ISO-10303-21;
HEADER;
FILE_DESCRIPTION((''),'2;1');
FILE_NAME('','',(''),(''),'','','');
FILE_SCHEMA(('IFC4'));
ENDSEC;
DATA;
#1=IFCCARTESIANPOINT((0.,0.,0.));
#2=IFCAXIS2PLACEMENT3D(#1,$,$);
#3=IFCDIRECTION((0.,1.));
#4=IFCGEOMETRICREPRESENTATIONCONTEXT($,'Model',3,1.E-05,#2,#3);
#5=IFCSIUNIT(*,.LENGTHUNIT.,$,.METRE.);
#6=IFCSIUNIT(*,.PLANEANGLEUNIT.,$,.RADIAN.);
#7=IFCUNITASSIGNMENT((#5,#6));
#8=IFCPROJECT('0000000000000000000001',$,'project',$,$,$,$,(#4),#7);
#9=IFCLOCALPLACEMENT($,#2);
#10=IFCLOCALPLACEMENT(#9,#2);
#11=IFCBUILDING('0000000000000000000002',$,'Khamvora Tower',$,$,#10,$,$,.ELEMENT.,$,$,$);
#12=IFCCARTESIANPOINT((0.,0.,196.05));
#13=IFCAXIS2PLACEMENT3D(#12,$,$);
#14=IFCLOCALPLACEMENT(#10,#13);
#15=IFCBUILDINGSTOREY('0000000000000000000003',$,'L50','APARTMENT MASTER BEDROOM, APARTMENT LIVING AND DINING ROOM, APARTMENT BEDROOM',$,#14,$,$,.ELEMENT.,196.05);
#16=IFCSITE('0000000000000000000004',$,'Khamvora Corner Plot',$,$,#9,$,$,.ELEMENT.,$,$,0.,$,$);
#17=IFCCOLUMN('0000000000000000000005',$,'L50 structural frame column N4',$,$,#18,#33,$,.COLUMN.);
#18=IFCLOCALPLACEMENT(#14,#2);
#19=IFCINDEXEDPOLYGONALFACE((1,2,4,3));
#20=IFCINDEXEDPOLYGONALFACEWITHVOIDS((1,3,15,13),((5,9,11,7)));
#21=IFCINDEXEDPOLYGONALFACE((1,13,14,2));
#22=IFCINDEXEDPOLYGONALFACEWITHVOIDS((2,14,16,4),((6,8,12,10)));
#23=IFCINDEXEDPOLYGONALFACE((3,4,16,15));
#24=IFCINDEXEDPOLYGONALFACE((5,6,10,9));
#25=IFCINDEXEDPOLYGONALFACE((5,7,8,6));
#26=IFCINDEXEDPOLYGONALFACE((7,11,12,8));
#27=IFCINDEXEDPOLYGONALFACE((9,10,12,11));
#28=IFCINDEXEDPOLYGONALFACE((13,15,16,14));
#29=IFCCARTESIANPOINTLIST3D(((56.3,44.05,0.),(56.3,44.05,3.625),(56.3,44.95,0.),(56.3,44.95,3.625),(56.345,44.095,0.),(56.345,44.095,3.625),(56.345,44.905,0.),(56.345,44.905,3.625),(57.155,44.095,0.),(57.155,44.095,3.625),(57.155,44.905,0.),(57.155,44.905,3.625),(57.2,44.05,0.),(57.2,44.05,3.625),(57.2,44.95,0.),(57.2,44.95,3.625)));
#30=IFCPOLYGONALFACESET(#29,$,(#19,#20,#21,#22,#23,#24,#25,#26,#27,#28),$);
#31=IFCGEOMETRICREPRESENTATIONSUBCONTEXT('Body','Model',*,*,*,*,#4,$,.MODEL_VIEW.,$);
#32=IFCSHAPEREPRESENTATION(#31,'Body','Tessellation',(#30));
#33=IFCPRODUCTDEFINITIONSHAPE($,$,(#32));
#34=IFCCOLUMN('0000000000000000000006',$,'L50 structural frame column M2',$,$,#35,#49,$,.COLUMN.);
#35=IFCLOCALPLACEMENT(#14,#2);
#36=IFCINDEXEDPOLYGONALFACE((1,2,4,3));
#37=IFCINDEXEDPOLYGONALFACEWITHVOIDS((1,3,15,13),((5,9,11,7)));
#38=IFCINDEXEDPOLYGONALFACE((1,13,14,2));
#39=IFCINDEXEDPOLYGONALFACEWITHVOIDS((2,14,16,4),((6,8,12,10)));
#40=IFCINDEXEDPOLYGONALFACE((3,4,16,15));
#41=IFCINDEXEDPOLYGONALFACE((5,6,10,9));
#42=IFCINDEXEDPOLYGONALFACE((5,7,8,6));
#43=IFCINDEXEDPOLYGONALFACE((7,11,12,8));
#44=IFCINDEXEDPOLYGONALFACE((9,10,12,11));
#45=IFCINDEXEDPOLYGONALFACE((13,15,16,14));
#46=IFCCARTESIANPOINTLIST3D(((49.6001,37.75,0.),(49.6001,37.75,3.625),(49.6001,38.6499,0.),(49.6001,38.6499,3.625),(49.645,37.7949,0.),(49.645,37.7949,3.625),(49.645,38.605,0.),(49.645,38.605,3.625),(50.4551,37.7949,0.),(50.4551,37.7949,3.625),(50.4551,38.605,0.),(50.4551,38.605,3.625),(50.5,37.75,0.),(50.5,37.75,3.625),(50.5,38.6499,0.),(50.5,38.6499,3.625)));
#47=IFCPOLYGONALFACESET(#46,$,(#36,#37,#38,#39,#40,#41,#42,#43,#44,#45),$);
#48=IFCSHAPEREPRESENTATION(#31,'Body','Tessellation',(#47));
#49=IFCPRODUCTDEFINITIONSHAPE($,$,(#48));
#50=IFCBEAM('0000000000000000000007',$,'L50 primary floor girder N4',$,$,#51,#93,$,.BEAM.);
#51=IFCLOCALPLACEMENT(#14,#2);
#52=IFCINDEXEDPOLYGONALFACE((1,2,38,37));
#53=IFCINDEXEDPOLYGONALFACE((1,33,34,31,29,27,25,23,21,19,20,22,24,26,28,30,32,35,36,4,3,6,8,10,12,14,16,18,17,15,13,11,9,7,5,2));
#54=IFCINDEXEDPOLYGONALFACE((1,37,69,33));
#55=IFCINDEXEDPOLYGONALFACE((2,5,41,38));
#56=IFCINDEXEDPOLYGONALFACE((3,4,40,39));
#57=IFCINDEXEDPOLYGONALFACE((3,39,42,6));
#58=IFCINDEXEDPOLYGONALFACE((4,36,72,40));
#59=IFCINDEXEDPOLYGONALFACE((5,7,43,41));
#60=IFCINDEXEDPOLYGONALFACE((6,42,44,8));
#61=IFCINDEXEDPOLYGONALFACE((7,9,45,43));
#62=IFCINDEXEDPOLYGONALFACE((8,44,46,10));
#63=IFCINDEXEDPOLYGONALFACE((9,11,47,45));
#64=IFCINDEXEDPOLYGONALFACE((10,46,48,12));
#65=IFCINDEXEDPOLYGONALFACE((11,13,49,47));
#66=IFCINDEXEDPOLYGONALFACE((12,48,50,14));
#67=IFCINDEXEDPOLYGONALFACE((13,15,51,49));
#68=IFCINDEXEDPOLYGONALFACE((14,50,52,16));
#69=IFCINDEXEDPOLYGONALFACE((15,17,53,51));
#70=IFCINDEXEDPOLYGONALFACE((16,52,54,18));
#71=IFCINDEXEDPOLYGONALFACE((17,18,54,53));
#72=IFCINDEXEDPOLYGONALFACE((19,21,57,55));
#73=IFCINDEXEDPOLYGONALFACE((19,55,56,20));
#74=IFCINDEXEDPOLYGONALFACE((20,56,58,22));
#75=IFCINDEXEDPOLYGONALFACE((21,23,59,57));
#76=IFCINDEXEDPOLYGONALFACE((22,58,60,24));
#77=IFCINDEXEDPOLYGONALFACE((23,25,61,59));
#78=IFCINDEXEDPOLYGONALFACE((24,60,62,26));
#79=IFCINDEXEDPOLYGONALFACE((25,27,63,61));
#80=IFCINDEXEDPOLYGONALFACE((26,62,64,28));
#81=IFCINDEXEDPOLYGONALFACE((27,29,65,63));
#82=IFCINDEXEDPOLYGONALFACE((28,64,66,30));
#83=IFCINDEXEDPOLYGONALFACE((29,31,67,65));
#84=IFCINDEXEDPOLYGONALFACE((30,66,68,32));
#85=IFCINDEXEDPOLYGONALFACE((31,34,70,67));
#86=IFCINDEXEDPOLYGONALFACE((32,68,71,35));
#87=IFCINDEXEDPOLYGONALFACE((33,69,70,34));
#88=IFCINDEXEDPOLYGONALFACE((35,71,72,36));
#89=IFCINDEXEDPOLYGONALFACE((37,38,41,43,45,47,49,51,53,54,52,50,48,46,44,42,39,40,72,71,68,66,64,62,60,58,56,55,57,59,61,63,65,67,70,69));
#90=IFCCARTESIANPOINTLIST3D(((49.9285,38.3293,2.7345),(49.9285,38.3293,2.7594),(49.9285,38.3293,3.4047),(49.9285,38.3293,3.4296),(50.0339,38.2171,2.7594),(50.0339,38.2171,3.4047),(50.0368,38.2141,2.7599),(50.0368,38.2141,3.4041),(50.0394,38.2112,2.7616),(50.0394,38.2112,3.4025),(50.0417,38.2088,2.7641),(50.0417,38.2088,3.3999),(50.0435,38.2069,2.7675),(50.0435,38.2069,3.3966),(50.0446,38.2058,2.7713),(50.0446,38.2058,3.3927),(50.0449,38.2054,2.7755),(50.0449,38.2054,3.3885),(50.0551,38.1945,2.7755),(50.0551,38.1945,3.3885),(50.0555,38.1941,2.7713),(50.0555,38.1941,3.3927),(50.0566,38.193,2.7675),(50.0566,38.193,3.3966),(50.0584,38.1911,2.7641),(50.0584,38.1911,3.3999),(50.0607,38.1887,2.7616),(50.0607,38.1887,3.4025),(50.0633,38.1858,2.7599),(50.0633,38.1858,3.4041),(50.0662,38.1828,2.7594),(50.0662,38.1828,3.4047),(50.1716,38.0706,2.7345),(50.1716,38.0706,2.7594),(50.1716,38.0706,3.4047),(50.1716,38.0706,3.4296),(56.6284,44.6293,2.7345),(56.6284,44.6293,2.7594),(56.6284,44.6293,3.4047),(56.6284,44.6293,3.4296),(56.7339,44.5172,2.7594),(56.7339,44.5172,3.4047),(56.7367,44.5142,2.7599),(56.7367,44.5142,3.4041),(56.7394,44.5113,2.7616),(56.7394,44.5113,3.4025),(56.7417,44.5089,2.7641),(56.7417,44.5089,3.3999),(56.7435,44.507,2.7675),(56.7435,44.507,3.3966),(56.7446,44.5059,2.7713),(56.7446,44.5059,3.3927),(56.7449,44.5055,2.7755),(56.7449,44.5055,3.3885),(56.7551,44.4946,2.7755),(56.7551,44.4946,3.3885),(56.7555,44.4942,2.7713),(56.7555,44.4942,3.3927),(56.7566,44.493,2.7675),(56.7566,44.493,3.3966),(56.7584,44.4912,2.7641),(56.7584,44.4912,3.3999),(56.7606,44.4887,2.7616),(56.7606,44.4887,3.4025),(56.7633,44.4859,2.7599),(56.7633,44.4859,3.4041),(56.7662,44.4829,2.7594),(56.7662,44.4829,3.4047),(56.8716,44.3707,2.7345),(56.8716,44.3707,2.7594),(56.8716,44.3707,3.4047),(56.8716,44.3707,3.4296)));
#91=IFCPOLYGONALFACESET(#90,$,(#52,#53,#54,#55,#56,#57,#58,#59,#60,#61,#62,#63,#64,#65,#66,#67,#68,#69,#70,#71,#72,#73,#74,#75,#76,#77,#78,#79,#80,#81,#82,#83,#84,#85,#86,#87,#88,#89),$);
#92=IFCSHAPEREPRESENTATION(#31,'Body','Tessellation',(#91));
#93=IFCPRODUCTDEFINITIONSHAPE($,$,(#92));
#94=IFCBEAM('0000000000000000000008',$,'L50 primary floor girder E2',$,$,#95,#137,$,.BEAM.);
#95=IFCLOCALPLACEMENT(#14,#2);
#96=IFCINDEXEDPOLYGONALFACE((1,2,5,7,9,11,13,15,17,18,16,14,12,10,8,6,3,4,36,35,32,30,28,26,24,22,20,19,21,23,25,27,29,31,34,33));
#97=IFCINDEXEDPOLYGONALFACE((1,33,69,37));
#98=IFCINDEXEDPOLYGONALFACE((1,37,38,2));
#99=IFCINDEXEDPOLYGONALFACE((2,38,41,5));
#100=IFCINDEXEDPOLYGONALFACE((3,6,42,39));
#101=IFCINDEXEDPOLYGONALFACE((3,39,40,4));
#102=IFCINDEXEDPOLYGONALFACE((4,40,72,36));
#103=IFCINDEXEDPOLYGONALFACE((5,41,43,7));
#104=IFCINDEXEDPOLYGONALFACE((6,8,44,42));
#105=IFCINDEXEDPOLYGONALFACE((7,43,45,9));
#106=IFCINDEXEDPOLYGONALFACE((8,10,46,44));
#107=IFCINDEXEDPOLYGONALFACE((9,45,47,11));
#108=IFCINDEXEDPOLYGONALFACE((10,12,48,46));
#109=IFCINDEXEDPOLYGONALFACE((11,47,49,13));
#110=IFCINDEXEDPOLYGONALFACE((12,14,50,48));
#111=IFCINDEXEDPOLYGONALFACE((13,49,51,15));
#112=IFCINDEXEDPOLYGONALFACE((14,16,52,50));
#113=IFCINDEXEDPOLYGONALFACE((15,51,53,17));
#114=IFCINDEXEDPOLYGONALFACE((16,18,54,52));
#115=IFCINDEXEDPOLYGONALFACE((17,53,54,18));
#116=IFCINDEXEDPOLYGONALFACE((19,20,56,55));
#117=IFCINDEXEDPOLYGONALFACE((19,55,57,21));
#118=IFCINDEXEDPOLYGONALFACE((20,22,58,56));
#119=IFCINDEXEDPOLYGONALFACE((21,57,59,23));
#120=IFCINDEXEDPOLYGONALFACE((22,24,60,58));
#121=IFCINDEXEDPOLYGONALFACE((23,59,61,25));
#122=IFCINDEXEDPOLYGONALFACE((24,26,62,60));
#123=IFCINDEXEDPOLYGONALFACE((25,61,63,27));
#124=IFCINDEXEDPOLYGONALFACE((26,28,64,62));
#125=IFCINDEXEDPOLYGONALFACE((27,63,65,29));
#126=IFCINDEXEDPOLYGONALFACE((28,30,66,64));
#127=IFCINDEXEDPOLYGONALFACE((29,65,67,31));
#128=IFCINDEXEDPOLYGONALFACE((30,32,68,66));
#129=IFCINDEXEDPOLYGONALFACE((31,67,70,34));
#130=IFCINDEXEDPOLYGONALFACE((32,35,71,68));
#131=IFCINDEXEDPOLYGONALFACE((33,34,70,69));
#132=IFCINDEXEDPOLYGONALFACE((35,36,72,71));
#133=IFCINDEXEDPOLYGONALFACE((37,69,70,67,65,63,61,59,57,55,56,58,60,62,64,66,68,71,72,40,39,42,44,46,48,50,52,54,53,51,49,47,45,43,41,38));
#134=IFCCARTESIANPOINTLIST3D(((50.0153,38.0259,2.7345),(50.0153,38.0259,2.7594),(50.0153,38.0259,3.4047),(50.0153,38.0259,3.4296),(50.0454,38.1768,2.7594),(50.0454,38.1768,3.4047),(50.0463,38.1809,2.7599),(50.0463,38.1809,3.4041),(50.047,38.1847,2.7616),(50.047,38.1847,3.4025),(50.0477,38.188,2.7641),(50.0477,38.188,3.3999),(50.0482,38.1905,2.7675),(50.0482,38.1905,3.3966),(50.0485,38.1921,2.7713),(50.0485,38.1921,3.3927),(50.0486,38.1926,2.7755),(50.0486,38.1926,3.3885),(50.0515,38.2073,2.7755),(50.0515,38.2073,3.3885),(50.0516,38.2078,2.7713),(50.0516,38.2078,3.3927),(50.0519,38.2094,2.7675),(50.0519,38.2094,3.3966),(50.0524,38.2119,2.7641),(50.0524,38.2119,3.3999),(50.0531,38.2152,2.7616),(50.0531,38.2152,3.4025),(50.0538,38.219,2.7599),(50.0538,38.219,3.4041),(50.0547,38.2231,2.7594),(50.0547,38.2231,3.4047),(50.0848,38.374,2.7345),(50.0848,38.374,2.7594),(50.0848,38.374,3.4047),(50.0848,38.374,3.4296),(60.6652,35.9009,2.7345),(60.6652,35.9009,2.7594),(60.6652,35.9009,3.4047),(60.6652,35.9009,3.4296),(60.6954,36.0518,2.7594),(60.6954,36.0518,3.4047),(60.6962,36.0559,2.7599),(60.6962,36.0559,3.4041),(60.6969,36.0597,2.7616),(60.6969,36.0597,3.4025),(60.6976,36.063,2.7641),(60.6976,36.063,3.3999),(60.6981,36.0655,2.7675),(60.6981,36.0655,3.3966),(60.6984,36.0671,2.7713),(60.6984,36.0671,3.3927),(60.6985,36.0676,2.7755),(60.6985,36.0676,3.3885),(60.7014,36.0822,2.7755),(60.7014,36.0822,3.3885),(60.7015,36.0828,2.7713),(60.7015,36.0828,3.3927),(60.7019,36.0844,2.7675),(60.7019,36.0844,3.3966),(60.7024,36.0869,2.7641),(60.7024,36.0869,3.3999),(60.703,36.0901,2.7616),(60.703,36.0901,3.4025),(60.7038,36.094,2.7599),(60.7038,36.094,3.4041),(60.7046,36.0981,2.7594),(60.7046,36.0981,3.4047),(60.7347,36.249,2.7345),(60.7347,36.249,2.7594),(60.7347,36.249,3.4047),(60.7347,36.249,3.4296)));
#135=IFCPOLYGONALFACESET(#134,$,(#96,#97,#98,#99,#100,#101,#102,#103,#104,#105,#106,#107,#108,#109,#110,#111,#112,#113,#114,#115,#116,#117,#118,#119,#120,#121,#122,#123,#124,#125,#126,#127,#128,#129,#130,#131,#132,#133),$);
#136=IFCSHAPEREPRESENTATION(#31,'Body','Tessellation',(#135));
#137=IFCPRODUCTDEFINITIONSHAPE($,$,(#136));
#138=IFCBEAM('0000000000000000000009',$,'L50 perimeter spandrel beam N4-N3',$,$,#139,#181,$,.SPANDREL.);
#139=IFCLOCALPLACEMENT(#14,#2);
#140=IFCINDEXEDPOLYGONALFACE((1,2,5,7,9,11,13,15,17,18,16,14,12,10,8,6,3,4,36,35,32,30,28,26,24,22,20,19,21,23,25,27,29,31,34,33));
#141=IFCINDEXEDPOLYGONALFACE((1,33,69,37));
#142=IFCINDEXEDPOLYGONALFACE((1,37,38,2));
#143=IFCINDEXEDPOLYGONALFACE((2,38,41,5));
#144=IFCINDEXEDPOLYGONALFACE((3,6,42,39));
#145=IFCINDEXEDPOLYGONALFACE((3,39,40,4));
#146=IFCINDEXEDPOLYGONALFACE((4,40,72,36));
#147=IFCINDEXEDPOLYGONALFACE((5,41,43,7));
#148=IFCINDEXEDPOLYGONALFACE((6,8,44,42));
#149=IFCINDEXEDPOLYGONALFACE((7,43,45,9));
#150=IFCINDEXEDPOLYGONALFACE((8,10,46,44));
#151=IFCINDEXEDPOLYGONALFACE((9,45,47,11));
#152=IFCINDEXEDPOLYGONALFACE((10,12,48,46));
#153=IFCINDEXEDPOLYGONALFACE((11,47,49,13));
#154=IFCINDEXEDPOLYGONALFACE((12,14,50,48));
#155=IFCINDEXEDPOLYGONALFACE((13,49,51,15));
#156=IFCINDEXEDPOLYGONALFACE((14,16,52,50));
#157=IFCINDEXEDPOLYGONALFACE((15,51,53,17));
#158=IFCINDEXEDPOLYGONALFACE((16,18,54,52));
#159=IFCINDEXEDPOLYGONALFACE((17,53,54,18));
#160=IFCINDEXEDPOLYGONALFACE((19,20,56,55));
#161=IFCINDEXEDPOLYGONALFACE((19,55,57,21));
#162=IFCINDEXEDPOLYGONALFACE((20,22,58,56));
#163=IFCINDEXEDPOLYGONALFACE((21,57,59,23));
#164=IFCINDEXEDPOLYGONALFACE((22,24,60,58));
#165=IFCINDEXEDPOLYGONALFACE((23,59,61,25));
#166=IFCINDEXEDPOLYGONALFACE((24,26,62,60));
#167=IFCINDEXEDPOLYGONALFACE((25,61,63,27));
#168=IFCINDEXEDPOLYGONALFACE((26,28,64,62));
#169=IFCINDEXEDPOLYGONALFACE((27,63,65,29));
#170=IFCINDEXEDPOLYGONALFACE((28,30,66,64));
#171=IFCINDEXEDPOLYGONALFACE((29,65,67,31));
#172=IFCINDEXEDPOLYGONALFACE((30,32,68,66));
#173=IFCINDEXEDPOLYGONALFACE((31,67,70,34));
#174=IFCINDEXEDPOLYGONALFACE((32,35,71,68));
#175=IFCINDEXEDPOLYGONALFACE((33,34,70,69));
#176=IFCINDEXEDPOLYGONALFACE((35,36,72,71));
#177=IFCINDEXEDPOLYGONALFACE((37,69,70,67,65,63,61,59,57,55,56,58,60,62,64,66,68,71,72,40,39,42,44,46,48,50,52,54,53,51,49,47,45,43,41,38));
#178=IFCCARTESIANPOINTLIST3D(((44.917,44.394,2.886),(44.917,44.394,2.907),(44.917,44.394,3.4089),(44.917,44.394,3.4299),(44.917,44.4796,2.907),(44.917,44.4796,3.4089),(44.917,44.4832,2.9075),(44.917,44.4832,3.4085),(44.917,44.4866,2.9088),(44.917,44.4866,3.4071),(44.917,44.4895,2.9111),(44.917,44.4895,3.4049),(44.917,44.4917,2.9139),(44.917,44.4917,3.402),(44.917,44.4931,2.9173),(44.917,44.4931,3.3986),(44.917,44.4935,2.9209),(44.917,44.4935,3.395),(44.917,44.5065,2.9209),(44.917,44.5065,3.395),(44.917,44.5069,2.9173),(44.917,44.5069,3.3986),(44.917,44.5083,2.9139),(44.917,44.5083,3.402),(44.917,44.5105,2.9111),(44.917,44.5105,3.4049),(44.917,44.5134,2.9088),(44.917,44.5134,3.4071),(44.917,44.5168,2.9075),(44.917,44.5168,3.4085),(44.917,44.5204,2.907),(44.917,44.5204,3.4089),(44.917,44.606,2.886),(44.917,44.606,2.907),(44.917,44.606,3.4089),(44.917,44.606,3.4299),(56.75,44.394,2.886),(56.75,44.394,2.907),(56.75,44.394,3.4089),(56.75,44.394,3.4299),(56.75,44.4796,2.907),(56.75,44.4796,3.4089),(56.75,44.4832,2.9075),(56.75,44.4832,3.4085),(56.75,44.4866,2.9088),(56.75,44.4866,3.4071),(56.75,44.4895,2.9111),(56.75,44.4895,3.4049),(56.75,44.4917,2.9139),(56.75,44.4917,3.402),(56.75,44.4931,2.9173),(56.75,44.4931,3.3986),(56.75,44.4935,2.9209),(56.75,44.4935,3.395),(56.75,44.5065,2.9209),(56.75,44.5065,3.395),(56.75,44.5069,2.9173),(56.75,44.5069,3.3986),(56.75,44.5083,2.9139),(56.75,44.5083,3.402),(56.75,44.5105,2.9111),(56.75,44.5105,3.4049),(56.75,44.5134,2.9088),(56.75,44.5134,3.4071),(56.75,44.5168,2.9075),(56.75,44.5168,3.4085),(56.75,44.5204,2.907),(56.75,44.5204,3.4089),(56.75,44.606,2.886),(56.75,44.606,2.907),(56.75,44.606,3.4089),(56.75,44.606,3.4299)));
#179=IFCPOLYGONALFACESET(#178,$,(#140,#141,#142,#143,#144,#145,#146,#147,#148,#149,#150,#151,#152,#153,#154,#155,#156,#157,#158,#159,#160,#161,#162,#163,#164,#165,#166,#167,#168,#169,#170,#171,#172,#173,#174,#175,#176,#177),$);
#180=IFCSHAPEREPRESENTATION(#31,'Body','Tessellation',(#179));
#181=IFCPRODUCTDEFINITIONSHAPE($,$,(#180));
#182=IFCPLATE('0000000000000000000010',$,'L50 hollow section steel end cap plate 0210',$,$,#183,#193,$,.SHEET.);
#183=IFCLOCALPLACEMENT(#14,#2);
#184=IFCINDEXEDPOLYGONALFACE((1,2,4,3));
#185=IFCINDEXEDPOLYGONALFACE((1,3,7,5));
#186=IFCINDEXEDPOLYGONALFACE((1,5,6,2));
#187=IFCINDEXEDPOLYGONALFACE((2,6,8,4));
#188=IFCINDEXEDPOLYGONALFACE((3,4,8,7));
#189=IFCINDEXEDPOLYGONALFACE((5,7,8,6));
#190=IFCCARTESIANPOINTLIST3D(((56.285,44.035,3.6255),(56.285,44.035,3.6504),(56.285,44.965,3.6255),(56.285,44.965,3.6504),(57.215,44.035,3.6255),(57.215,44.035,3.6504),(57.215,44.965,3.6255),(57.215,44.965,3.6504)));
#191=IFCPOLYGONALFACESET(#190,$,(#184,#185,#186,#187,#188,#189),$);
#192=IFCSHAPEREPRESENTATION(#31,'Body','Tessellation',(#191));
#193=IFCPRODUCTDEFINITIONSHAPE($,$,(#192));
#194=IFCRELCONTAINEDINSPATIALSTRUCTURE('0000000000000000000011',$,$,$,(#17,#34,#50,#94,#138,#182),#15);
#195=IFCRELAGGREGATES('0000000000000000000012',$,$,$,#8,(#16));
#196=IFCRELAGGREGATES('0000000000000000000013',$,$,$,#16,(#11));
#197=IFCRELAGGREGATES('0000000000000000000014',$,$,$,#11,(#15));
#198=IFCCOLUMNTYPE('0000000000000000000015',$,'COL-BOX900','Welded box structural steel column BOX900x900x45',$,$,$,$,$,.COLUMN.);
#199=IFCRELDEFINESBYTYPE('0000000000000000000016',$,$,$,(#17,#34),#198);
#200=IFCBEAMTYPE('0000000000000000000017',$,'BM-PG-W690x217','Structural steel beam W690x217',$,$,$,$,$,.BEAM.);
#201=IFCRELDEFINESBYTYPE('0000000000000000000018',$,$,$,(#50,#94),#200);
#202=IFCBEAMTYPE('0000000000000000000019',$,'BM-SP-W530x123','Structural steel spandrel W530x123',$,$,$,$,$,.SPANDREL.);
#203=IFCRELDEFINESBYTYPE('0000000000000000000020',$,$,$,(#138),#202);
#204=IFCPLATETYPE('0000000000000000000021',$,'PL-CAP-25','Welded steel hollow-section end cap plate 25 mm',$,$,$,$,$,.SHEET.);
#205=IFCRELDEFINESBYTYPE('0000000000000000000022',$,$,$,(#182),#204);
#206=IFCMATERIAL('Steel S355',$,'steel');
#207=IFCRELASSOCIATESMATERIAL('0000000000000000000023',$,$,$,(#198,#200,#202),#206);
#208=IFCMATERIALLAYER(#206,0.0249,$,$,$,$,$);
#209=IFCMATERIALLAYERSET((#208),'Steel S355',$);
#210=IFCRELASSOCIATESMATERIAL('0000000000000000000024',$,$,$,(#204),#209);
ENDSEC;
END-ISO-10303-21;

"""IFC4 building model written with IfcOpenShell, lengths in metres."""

from ifc_helpers import new_model, si_unit, direction, frame, origin, origin_2d, place, context, subcontext, project, spatial, rectangle, hollow_rectangle, i_section, extrude, material, layer, layer_set, material_profile, profile_set, type_object, element, save


model = new_model("IFC4")

# Units and contexts
model_context = context("Model", 3, precision=1e-05, world=origin(), true_north=direction((0.0, 1.0)))
body_context = subcontext(model_context, "Body", "Model", "MODEL_VIEW")
ifc_project = project(units=[si_unit("LENGTHUNIT", "METRE"), si_unit("PLANEANGLEUNIT", "RADIAN")], contexts=[model_context])

# Site, building, storey
site_placement = place(None, origin())
site = spatial("IfcSite", under=ifc_project, at=site_placement, Name="Khamvora Corner Plot", CompositionType="ELEMENT", RefElevation=0.0)
building_placement = place(site_placement, origin())
building = spatial("IfcBuilding", under=site, at=building_placement, Name="Khamvora Tower", CompositionType="ELEMENT")
storey_placement = place(building_placement, frame((0.0, 0.0, 196.05)))
storey = spatial("IfcBuildingStorey", under=building, at=storey_placement, Name="L50", Description="APARTMENT MASTER BEDROOM, APARTMENT LIVING AND DINING ROOM, APARTMENT BEDROOM", CompositionType="ELEMENT", Elevation=196.05)

# Columns
ifc_material_1 = material(Name="Steel S355", Category="steel")
ifc_material_profile_1 = material_profile(ifc_material_1, hollow_rectangle(XDim=0.8999, YDim=0.8999, WallThickness=0.0449, at=origin_2d()), Name="BOX900x900x45")
ifc_profile_set_1 = profile_set([ifc_material_profile_1], Name="Steel S355")
column_type = type_object("IfcColumnType", Name="COL-BOX900", Description="Welded box structural steel column BOX900x900x45", PredefinedType="COLUMN", material=ifc_profile_set_1)
for number, where, z_axis, x_axis, name in (
    (1, (56.75, 44.5, 0.0), (0.0, 0.0, 1.0), (1.0, 0.0, 0.0), "L50 structural frame column N4"),
    (2, (50.05, 38.2, 0.0), (0.0, 0.0, 1.0), (1.0, 0.0, 0.0), "L50 structural frame column M2"),
):
    element("IfcColumn", number, at=place(storey_placement, frame(where, z_axis=z_axis, x_axis=x_axis)), inside=storey, type_object=column_type, Name=name, PredefinedType="COLUMN", context=body_context, shape_type="SweptSolid", body=[
        extrude(hollow_rectangle(XDim=0.8999, YDim=0.8999, WallThickness=0.0449, at=origin_2d()), origin(), (0.0, 0.0, 1.0), 3.625),
    ])

# Beams
ifc_material_profile_2 = material_profile(ifc_material_1, i_section(OverallWidth=0.355, OverallDepth=0.6951, WebThickness=0.0149, FlangeThickness=0.0249, FilletRadius=0.0161, at=origin_2d()), Name="W690x217")
ifc_profile_set_2 = profile_set([ifc_material_profile_2], Name="Steel S355")
beam_type_1 = type_object("IfcBeamType", Name="BM-PG-W690x217", Description="Structural steel beam W690x217", PredefinedType="BEAM", material=ifc_profile_set_2)
beam_1_placement = place(storey_placement, frame((50.05, 38.2, 3.082), z_axis=(0.728514, 0.685031, 0.0), x_axis=(-0.685031, 0.728514, 0.0)))
element("IfcBeam", 3, at=beam_1_placement, inside=storey, type_object=beam_type_1, Name="L50 primary floor girder N4", PredefinedType="BEAM", context=body_context, shape_type="SweptSolid", body=[
    extrude(i_section(OverallWidth=0.355, OverallDepth=0.6951, WebThickness=0.0149, FlangeThickness=0.0249, FilletRadius=0.0161, at=origin_2d()), origin(), (0.0, 0.0, 1.0), 9.1968),
])
beam_2_placement = place(storey_placement, frame((50.05, 38.2, 3.082), z_axis=(0.980669, -0.195675, 0.0), x_axis=(0.195675, 0.980669, 0.0)))
element("IfcBeam", 4, at=beam_2_placement, inside=storey, type_object=beam_type_1, Name="L50 primary floor girder E2", PredefinedType="BEAM", context=body_context, shape_type="SweptSolid", body=[
    extrude(i_section(OverallWidth=0.355, OverallDepth=0.6951, WebThickness=0.0149, FlangeThickness=0.0249, FilletRadius=0.0161, at=origin_2d()), origin(), (0.0, 0.0, 1.0), 10.8599),
])
ifc_material_profile_3 = material_profile(ifc_material_1, i_section(OverallWidth=0.2119, OverallDepth=0.5439, WebThickness=0.0129, FlangeThickness=0.021, FilletRadius=0.0139, at=origin_2d()), Name="W530x123")
ifc_profile_set_3 = profile_set([ifc_material_profile_3], Name="Steel S355")
beam_type_2 = type_object("IfcBeamType", Name="BM-SP-W530x123", Description="Structural steel spandrel W530x123", PredefinedType="SPANDREL", material=ifc_profile_set_3)
beam_3_placement = place(storey_placement, frame((56.75, 44.5, 3.158), z_axis=(-1.0, 0.0, 0.0), x_axis=(0.0, -1.0, 0.0)))
element("IfcBeam", 5, at=beam_3_placement, inside=storey, type_object=beam_type_2, Name="L50 perimeter spandrel beam N4-N3", PredefinedType="SPANDREL", context=body_context, shape_type="SweptSolid", body=[
    extrude(i_section(OverallWidth=0.2119, OverallDepth=0.5439, WebThickness=0.0129, FlangeThickness=0.021, FilletRadius=0.0139, at=origin_2d()), origin(), (0.0, 0.0, 1.0), 11.833),
])

# Plate
ifc_layer_1 = layer(ifc_material_1, 0.0249)
ifc_layer_set_1 = layer_set([ifc_layer_1], Name="Steel S355")
plate_type_1 = type_object("IfcPlateType", Name="PL-CAP-25", Description="Welded steel hollow-section end cap plate 25 mm", PredefinedType="SHEET", material=ifc_layer_set_1)
for number, where, z_axis, x_axis, name in (
    (6, (56.75, 44.5, 3.6255), (0.0, 0.0, 1.0), (1.0, 0.0, 0.0), "L50 hollow section steel end cap plate 0210"),
):
    element("IfcPlate", number, at=place(storey_placement, frame(where, z_axis=z_axis, x_axis=x_axis)), inside=storey, type_object=plate_type_1, Name=name, PredefinedType="SHEET", context=body_context, shape_type="SweptSolid", body=[
        extrude(rectangle(XDim=0.9299, YDim=0.9299, at=origin_2d()), origin(), (0.0, 0.0, 1.0), 0.0249),
    ])

save(model, "model.ifc")
